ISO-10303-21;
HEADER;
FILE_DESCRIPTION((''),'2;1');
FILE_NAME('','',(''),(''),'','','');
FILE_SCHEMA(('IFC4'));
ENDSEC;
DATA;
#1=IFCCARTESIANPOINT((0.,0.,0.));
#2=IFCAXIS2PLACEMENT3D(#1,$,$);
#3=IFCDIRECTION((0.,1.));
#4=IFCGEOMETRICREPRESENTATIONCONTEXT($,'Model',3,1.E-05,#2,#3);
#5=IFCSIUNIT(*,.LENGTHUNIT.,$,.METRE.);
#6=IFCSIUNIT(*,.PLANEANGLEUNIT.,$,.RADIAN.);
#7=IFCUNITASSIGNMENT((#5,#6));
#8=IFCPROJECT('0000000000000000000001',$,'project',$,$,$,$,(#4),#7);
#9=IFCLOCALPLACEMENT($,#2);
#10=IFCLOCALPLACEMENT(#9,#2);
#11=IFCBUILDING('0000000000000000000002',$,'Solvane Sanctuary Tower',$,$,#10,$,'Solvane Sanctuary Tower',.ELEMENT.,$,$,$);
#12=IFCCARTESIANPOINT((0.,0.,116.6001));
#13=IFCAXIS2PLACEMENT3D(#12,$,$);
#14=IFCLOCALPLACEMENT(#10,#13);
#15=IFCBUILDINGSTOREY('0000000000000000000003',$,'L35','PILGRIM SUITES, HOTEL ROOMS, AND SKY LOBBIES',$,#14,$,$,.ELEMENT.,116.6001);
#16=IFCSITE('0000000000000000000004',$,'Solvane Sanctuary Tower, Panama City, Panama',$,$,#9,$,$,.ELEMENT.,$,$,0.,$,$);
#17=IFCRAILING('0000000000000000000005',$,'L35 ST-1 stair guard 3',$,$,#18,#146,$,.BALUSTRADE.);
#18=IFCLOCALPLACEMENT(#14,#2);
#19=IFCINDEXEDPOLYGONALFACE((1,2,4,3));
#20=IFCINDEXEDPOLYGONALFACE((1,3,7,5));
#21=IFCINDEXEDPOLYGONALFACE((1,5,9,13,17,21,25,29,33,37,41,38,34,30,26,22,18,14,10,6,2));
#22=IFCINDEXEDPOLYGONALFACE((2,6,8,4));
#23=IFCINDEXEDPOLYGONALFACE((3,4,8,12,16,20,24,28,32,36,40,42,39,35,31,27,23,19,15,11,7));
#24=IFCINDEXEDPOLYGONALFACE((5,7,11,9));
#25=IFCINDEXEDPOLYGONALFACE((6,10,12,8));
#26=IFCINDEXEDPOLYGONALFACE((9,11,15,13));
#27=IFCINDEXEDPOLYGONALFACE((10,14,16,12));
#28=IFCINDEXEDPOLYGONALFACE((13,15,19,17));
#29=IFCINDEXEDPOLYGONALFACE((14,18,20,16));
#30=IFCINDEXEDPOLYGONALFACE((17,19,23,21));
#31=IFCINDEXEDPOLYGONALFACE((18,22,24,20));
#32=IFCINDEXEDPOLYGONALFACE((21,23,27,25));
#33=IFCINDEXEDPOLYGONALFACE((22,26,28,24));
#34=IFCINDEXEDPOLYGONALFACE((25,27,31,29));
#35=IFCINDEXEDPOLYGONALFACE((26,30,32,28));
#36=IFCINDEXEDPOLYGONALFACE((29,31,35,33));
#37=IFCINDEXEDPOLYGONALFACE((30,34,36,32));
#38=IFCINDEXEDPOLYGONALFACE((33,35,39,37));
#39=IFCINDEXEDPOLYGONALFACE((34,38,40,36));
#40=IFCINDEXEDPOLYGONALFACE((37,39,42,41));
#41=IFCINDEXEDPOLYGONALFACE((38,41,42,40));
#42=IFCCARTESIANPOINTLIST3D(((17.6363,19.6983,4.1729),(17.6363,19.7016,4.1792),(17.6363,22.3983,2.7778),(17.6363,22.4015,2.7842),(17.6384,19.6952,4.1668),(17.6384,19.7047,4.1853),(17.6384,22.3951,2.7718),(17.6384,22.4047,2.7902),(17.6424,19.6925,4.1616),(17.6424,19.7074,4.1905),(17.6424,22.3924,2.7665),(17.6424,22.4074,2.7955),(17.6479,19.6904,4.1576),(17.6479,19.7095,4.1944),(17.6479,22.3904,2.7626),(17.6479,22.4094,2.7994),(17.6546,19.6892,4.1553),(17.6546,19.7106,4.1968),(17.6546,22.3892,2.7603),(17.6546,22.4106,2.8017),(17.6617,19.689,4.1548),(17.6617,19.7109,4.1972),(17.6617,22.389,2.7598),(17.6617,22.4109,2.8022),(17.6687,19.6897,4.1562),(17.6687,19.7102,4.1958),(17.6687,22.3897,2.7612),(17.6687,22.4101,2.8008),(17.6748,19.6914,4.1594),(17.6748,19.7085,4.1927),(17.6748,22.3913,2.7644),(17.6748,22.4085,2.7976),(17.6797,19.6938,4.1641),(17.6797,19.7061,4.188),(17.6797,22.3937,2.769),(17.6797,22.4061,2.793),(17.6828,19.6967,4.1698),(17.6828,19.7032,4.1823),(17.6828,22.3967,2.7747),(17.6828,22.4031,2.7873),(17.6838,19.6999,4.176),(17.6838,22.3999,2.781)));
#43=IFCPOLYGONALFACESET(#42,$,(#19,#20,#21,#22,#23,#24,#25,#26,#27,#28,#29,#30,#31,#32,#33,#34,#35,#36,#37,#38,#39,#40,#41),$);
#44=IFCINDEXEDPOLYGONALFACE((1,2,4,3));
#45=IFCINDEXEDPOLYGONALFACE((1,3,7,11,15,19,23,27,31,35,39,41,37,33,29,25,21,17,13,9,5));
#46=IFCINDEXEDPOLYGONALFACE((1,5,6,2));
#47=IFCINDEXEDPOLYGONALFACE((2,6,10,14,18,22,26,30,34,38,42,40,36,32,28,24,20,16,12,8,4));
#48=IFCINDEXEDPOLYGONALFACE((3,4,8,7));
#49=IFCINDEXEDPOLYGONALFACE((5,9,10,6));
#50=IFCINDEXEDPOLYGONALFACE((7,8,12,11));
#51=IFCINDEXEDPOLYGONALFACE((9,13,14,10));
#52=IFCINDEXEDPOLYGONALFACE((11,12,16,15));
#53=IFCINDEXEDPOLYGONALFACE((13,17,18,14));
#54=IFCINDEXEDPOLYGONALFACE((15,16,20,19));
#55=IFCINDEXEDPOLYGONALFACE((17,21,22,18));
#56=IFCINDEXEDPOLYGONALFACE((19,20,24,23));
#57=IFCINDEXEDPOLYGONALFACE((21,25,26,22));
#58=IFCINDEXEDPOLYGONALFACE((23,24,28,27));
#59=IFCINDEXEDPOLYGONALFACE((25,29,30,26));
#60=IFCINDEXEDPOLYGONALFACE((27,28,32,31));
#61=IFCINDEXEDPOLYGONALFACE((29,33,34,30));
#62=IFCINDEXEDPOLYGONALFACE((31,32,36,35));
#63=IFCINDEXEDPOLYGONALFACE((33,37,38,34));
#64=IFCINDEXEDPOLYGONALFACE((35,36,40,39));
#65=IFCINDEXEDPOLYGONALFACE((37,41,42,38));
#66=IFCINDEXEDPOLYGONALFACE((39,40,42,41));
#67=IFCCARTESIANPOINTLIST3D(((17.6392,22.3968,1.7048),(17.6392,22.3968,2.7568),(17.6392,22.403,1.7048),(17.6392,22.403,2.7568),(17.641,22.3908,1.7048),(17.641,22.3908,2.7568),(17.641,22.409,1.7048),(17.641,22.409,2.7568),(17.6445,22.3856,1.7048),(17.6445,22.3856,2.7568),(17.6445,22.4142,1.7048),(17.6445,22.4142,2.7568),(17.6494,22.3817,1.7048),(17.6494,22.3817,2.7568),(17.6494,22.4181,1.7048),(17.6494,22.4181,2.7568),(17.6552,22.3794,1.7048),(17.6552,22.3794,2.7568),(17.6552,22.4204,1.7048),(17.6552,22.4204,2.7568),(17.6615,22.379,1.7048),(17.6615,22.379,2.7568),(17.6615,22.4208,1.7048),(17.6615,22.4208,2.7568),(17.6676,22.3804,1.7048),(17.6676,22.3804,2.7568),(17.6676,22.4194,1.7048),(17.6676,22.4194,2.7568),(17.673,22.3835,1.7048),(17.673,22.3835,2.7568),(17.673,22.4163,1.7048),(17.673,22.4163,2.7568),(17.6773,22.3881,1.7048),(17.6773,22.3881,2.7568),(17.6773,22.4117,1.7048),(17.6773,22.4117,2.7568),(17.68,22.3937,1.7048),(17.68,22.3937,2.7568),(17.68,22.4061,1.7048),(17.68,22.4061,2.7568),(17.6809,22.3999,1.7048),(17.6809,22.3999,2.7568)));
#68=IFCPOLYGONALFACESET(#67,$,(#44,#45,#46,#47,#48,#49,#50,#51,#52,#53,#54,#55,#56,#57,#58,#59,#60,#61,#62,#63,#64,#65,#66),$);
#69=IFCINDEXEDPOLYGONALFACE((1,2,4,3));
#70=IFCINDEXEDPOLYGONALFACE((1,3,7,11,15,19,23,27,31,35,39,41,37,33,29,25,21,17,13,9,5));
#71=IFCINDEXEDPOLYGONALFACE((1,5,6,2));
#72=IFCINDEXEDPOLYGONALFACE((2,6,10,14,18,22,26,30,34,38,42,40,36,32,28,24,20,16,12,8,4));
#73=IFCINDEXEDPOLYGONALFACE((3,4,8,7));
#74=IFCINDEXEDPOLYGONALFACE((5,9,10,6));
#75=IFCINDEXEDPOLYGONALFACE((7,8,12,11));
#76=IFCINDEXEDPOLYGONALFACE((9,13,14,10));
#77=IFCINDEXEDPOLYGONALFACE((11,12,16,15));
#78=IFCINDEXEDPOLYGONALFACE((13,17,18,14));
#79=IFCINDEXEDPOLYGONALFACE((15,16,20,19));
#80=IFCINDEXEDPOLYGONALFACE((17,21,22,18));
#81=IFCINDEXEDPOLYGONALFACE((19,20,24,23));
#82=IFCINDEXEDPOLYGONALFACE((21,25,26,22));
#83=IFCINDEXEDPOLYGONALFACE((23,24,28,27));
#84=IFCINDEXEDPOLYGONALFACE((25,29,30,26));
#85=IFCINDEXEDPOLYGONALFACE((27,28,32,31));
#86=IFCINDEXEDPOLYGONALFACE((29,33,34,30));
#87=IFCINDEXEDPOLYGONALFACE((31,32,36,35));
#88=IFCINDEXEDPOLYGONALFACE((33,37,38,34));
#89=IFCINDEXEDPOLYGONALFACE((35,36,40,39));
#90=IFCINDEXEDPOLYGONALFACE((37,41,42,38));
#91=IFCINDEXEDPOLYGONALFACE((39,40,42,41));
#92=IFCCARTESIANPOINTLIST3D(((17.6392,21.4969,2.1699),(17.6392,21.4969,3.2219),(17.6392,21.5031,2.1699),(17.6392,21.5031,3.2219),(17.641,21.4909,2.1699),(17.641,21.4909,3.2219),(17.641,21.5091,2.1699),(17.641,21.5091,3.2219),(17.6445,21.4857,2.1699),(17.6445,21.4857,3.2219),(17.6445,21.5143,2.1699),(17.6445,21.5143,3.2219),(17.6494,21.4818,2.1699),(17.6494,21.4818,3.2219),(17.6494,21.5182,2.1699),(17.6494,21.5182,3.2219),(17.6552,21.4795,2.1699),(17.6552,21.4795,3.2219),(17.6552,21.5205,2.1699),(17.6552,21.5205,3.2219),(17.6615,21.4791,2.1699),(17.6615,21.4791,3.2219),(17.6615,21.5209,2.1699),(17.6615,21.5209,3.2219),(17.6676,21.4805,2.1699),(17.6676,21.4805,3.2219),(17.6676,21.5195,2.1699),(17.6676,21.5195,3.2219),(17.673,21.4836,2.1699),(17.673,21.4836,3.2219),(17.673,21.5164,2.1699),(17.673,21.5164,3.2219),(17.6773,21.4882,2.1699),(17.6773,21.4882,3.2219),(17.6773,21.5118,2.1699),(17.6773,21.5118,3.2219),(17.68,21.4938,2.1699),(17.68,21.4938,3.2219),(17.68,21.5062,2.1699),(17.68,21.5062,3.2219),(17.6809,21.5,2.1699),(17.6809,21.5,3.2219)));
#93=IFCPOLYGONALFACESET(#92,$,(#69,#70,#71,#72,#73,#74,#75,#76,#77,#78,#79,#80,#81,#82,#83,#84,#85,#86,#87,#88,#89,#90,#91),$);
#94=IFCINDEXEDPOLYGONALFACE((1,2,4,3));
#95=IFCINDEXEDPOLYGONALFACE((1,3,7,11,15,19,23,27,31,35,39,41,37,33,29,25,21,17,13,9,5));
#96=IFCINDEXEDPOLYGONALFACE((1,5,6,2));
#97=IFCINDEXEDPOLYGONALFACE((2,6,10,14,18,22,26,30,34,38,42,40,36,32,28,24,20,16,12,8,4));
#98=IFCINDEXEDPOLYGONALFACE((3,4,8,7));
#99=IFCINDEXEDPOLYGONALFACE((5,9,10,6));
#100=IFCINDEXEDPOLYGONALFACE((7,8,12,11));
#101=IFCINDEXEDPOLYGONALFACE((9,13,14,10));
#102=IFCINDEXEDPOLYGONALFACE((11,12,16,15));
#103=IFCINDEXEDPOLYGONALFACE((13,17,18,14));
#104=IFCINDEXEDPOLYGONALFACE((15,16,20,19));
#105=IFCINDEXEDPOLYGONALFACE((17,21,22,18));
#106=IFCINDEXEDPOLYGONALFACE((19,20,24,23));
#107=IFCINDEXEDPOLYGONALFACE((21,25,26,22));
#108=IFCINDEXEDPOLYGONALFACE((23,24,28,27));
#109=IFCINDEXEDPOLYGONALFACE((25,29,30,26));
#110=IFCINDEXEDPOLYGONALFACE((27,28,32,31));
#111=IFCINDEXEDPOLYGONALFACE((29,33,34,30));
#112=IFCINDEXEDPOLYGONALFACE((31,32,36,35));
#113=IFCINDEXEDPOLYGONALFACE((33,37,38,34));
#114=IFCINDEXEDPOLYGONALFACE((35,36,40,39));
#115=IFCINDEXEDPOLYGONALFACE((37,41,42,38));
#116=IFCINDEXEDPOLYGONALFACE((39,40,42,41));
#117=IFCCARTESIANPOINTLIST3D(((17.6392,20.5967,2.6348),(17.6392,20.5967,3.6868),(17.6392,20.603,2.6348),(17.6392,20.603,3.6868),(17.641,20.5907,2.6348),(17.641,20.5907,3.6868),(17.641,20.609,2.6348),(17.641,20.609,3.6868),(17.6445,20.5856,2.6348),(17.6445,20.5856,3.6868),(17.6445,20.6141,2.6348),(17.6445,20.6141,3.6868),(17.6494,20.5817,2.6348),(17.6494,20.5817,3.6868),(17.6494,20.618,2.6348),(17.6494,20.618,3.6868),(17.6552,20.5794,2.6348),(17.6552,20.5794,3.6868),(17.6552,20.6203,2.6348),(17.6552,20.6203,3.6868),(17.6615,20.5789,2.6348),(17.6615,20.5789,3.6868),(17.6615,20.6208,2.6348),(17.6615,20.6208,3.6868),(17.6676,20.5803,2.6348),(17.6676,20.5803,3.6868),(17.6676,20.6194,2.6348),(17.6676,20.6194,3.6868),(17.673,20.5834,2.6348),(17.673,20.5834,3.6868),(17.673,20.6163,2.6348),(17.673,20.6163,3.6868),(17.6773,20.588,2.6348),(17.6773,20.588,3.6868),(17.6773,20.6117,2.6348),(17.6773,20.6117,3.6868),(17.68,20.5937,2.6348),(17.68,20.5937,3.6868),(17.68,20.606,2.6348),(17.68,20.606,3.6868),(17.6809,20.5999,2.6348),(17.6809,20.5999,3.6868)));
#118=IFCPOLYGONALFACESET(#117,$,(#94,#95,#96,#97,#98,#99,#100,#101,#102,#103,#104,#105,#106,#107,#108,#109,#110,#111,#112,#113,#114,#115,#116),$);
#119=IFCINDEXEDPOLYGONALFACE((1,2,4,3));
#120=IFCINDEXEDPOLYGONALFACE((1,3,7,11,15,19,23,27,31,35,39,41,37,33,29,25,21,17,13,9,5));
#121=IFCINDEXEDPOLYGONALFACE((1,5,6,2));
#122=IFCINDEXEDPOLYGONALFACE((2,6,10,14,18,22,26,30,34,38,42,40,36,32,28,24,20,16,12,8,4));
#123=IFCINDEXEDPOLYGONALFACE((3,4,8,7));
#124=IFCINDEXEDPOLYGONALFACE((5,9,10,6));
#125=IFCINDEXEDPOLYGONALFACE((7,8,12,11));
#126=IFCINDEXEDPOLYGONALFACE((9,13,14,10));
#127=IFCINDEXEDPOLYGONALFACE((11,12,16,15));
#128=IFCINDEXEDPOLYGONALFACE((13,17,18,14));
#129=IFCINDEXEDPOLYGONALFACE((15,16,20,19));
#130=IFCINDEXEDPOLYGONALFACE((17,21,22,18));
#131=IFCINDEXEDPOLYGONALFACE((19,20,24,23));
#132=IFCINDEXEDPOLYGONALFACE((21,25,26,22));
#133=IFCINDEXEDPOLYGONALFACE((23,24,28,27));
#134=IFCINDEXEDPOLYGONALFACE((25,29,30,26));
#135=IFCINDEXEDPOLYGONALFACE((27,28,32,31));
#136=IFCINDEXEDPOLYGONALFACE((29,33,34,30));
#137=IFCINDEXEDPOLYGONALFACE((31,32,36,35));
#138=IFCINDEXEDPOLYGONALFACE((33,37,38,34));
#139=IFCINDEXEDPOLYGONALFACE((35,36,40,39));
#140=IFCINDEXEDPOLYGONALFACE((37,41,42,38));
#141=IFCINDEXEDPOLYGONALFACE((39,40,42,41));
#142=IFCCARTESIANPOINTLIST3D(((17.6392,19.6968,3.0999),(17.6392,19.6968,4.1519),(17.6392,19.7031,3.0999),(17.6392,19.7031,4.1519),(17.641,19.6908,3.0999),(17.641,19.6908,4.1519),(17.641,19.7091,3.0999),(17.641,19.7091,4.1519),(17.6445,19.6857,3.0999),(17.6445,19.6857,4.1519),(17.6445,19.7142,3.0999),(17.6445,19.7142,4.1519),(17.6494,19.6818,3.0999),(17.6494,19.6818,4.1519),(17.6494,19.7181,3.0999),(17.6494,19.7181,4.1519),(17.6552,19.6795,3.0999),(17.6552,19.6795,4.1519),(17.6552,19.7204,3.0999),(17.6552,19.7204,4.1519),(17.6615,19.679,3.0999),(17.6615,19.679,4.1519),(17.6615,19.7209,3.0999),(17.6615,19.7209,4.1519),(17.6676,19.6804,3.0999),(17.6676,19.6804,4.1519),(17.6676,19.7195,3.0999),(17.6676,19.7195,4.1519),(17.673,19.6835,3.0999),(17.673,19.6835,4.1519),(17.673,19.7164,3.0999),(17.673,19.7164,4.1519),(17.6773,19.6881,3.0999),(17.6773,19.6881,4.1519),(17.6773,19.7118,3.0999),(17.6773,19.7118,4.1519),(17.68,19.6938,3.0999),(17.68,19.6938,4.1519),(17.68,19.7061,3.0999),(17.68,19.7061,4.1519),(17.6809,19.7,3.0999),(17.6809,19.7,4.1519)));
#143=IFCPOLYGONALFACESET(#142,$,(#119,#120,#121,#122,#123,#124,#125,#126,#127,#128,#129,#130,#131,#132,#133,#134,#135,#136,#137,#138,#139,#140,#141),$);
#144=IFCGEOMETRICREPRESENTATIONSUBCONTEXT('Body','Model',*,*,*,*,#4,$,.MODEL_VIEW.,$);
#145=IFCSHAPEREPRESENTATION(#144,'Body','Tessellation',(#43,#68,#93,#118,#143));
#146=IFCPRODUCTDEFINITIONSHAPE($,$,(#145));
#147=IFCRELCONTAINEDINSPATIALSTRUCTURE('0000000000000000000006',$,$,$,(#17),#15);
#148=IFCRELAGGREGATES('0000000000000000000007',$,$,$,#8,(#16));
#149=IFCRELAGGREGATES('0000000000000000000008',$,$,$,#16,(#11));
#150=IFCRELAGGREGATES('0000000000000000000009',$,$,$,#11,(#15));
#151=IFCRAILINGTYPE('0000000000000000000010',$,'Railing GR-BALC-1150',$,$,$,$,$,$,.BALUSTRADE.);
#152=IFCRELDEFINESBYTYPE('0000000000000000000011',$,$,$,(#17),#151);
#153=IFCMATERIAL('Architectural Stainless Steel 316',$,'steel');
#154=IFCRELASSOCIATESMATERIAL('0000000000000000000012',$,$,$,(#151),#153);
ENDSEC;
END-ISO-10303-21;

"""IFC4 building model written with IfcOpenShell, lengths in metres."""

from ifc_helpers import new_model, si_unit, direction, frame, origin, origin_2d, place, context, subcontext, project, spatial, circle, extrude, material, type_object, element, save


model = new_model("IFC4")

# Units and contexts
model_context = context("Model", 3, precision=1e-05, world=origin(), true_north=direction((0.0, 1.0)))
body_context = subcontext(model_context, "Body", "Model", "MODEL_VIEW")
ifc_project = project(units=[si_unit("LENGTHUNIT", "METRE"), si_unit("PLANEANGLEUNIT", "RADIAN")], contexts=[model_context])

# Site, building, storey
site_placement = place(None, origin())
site = spatial("IfcSite", under=ifc_project, at=site_placement, Name="Solvane Sanctuary Tower, Panama City, Panama", CompositionType="ELEMENT", RefElevation=0.0)
building_placement = place(site_placement, origin())
building = spatial("IfcBuilding", under=site, at=building_placement, Name="Solvane Sanctuary Tower", LongName="Solvane Sanctuary Tower", CompositionType="ELEMENT")
storey_placement = place(building_placement, frame((0.0, 0.0, 116.6001)))
storey = spatial("IfcBuildingStorey", under=building, at=storey_placement, Name="L35", Description="PILGRIM SUITES, HOTEL ROOMS, AND SKY LOBBIES", CompositionType="ELEMENT", Elevation=116.6001)

# Railing
ifc_material_1 = material(Name="Architectural Stainless Steel 316", Category="steel")
railing_type_1 = type_object("IfcRailingType", Name="Railing GR-BALC-1150", PredefinedType="BALUSTRADE", material=ifc_material_1)
railing_1_placement = place(storey_placement, frame((17.6599, 22.3999, 1.7048)))
element("IfcRailing", 1, at=railing_1_placement, inside=storey, type_object=railing_type_1, Name="L35 ST-1 stair guard 3", PredefinedType="BALUSTRADE", context=body_context, shape_type="SweptSolid", body=[
    extrude(circle(Radius=0.0239, at=origin_2d()), frame((0.0, 0.0, 1.0762), z_axis=(0.0, -0.88842, 0.459032), x_axis=(1.0, 0.0, 0.0)), (0.0, 0.0, 1.0), 3.0391),
    extrude(circle(Radius=0.021, at=origin_2d()), origin(), (0.0, 0.0, 1.0), 1.052),
    extrude(circle(Radius=0.021, at=origin_2d()), frame((0.0, -0.8999, 0.4651)), (0.0, 0.0, 1.0), 1.052),
    extrude(circle(Radius=0.021, at=origin_2d()), frame((0.0, -1.8, 0.9299)), (0.0, 0.0, 1.0), 1.052),
    extrude(circle(Radius=0.021, at=origin_2d()), frame((0.0, -2.7, 1.395)), (0.0, 0.0, 1.0), 1.052),
])

save(model, "model.ifc")
